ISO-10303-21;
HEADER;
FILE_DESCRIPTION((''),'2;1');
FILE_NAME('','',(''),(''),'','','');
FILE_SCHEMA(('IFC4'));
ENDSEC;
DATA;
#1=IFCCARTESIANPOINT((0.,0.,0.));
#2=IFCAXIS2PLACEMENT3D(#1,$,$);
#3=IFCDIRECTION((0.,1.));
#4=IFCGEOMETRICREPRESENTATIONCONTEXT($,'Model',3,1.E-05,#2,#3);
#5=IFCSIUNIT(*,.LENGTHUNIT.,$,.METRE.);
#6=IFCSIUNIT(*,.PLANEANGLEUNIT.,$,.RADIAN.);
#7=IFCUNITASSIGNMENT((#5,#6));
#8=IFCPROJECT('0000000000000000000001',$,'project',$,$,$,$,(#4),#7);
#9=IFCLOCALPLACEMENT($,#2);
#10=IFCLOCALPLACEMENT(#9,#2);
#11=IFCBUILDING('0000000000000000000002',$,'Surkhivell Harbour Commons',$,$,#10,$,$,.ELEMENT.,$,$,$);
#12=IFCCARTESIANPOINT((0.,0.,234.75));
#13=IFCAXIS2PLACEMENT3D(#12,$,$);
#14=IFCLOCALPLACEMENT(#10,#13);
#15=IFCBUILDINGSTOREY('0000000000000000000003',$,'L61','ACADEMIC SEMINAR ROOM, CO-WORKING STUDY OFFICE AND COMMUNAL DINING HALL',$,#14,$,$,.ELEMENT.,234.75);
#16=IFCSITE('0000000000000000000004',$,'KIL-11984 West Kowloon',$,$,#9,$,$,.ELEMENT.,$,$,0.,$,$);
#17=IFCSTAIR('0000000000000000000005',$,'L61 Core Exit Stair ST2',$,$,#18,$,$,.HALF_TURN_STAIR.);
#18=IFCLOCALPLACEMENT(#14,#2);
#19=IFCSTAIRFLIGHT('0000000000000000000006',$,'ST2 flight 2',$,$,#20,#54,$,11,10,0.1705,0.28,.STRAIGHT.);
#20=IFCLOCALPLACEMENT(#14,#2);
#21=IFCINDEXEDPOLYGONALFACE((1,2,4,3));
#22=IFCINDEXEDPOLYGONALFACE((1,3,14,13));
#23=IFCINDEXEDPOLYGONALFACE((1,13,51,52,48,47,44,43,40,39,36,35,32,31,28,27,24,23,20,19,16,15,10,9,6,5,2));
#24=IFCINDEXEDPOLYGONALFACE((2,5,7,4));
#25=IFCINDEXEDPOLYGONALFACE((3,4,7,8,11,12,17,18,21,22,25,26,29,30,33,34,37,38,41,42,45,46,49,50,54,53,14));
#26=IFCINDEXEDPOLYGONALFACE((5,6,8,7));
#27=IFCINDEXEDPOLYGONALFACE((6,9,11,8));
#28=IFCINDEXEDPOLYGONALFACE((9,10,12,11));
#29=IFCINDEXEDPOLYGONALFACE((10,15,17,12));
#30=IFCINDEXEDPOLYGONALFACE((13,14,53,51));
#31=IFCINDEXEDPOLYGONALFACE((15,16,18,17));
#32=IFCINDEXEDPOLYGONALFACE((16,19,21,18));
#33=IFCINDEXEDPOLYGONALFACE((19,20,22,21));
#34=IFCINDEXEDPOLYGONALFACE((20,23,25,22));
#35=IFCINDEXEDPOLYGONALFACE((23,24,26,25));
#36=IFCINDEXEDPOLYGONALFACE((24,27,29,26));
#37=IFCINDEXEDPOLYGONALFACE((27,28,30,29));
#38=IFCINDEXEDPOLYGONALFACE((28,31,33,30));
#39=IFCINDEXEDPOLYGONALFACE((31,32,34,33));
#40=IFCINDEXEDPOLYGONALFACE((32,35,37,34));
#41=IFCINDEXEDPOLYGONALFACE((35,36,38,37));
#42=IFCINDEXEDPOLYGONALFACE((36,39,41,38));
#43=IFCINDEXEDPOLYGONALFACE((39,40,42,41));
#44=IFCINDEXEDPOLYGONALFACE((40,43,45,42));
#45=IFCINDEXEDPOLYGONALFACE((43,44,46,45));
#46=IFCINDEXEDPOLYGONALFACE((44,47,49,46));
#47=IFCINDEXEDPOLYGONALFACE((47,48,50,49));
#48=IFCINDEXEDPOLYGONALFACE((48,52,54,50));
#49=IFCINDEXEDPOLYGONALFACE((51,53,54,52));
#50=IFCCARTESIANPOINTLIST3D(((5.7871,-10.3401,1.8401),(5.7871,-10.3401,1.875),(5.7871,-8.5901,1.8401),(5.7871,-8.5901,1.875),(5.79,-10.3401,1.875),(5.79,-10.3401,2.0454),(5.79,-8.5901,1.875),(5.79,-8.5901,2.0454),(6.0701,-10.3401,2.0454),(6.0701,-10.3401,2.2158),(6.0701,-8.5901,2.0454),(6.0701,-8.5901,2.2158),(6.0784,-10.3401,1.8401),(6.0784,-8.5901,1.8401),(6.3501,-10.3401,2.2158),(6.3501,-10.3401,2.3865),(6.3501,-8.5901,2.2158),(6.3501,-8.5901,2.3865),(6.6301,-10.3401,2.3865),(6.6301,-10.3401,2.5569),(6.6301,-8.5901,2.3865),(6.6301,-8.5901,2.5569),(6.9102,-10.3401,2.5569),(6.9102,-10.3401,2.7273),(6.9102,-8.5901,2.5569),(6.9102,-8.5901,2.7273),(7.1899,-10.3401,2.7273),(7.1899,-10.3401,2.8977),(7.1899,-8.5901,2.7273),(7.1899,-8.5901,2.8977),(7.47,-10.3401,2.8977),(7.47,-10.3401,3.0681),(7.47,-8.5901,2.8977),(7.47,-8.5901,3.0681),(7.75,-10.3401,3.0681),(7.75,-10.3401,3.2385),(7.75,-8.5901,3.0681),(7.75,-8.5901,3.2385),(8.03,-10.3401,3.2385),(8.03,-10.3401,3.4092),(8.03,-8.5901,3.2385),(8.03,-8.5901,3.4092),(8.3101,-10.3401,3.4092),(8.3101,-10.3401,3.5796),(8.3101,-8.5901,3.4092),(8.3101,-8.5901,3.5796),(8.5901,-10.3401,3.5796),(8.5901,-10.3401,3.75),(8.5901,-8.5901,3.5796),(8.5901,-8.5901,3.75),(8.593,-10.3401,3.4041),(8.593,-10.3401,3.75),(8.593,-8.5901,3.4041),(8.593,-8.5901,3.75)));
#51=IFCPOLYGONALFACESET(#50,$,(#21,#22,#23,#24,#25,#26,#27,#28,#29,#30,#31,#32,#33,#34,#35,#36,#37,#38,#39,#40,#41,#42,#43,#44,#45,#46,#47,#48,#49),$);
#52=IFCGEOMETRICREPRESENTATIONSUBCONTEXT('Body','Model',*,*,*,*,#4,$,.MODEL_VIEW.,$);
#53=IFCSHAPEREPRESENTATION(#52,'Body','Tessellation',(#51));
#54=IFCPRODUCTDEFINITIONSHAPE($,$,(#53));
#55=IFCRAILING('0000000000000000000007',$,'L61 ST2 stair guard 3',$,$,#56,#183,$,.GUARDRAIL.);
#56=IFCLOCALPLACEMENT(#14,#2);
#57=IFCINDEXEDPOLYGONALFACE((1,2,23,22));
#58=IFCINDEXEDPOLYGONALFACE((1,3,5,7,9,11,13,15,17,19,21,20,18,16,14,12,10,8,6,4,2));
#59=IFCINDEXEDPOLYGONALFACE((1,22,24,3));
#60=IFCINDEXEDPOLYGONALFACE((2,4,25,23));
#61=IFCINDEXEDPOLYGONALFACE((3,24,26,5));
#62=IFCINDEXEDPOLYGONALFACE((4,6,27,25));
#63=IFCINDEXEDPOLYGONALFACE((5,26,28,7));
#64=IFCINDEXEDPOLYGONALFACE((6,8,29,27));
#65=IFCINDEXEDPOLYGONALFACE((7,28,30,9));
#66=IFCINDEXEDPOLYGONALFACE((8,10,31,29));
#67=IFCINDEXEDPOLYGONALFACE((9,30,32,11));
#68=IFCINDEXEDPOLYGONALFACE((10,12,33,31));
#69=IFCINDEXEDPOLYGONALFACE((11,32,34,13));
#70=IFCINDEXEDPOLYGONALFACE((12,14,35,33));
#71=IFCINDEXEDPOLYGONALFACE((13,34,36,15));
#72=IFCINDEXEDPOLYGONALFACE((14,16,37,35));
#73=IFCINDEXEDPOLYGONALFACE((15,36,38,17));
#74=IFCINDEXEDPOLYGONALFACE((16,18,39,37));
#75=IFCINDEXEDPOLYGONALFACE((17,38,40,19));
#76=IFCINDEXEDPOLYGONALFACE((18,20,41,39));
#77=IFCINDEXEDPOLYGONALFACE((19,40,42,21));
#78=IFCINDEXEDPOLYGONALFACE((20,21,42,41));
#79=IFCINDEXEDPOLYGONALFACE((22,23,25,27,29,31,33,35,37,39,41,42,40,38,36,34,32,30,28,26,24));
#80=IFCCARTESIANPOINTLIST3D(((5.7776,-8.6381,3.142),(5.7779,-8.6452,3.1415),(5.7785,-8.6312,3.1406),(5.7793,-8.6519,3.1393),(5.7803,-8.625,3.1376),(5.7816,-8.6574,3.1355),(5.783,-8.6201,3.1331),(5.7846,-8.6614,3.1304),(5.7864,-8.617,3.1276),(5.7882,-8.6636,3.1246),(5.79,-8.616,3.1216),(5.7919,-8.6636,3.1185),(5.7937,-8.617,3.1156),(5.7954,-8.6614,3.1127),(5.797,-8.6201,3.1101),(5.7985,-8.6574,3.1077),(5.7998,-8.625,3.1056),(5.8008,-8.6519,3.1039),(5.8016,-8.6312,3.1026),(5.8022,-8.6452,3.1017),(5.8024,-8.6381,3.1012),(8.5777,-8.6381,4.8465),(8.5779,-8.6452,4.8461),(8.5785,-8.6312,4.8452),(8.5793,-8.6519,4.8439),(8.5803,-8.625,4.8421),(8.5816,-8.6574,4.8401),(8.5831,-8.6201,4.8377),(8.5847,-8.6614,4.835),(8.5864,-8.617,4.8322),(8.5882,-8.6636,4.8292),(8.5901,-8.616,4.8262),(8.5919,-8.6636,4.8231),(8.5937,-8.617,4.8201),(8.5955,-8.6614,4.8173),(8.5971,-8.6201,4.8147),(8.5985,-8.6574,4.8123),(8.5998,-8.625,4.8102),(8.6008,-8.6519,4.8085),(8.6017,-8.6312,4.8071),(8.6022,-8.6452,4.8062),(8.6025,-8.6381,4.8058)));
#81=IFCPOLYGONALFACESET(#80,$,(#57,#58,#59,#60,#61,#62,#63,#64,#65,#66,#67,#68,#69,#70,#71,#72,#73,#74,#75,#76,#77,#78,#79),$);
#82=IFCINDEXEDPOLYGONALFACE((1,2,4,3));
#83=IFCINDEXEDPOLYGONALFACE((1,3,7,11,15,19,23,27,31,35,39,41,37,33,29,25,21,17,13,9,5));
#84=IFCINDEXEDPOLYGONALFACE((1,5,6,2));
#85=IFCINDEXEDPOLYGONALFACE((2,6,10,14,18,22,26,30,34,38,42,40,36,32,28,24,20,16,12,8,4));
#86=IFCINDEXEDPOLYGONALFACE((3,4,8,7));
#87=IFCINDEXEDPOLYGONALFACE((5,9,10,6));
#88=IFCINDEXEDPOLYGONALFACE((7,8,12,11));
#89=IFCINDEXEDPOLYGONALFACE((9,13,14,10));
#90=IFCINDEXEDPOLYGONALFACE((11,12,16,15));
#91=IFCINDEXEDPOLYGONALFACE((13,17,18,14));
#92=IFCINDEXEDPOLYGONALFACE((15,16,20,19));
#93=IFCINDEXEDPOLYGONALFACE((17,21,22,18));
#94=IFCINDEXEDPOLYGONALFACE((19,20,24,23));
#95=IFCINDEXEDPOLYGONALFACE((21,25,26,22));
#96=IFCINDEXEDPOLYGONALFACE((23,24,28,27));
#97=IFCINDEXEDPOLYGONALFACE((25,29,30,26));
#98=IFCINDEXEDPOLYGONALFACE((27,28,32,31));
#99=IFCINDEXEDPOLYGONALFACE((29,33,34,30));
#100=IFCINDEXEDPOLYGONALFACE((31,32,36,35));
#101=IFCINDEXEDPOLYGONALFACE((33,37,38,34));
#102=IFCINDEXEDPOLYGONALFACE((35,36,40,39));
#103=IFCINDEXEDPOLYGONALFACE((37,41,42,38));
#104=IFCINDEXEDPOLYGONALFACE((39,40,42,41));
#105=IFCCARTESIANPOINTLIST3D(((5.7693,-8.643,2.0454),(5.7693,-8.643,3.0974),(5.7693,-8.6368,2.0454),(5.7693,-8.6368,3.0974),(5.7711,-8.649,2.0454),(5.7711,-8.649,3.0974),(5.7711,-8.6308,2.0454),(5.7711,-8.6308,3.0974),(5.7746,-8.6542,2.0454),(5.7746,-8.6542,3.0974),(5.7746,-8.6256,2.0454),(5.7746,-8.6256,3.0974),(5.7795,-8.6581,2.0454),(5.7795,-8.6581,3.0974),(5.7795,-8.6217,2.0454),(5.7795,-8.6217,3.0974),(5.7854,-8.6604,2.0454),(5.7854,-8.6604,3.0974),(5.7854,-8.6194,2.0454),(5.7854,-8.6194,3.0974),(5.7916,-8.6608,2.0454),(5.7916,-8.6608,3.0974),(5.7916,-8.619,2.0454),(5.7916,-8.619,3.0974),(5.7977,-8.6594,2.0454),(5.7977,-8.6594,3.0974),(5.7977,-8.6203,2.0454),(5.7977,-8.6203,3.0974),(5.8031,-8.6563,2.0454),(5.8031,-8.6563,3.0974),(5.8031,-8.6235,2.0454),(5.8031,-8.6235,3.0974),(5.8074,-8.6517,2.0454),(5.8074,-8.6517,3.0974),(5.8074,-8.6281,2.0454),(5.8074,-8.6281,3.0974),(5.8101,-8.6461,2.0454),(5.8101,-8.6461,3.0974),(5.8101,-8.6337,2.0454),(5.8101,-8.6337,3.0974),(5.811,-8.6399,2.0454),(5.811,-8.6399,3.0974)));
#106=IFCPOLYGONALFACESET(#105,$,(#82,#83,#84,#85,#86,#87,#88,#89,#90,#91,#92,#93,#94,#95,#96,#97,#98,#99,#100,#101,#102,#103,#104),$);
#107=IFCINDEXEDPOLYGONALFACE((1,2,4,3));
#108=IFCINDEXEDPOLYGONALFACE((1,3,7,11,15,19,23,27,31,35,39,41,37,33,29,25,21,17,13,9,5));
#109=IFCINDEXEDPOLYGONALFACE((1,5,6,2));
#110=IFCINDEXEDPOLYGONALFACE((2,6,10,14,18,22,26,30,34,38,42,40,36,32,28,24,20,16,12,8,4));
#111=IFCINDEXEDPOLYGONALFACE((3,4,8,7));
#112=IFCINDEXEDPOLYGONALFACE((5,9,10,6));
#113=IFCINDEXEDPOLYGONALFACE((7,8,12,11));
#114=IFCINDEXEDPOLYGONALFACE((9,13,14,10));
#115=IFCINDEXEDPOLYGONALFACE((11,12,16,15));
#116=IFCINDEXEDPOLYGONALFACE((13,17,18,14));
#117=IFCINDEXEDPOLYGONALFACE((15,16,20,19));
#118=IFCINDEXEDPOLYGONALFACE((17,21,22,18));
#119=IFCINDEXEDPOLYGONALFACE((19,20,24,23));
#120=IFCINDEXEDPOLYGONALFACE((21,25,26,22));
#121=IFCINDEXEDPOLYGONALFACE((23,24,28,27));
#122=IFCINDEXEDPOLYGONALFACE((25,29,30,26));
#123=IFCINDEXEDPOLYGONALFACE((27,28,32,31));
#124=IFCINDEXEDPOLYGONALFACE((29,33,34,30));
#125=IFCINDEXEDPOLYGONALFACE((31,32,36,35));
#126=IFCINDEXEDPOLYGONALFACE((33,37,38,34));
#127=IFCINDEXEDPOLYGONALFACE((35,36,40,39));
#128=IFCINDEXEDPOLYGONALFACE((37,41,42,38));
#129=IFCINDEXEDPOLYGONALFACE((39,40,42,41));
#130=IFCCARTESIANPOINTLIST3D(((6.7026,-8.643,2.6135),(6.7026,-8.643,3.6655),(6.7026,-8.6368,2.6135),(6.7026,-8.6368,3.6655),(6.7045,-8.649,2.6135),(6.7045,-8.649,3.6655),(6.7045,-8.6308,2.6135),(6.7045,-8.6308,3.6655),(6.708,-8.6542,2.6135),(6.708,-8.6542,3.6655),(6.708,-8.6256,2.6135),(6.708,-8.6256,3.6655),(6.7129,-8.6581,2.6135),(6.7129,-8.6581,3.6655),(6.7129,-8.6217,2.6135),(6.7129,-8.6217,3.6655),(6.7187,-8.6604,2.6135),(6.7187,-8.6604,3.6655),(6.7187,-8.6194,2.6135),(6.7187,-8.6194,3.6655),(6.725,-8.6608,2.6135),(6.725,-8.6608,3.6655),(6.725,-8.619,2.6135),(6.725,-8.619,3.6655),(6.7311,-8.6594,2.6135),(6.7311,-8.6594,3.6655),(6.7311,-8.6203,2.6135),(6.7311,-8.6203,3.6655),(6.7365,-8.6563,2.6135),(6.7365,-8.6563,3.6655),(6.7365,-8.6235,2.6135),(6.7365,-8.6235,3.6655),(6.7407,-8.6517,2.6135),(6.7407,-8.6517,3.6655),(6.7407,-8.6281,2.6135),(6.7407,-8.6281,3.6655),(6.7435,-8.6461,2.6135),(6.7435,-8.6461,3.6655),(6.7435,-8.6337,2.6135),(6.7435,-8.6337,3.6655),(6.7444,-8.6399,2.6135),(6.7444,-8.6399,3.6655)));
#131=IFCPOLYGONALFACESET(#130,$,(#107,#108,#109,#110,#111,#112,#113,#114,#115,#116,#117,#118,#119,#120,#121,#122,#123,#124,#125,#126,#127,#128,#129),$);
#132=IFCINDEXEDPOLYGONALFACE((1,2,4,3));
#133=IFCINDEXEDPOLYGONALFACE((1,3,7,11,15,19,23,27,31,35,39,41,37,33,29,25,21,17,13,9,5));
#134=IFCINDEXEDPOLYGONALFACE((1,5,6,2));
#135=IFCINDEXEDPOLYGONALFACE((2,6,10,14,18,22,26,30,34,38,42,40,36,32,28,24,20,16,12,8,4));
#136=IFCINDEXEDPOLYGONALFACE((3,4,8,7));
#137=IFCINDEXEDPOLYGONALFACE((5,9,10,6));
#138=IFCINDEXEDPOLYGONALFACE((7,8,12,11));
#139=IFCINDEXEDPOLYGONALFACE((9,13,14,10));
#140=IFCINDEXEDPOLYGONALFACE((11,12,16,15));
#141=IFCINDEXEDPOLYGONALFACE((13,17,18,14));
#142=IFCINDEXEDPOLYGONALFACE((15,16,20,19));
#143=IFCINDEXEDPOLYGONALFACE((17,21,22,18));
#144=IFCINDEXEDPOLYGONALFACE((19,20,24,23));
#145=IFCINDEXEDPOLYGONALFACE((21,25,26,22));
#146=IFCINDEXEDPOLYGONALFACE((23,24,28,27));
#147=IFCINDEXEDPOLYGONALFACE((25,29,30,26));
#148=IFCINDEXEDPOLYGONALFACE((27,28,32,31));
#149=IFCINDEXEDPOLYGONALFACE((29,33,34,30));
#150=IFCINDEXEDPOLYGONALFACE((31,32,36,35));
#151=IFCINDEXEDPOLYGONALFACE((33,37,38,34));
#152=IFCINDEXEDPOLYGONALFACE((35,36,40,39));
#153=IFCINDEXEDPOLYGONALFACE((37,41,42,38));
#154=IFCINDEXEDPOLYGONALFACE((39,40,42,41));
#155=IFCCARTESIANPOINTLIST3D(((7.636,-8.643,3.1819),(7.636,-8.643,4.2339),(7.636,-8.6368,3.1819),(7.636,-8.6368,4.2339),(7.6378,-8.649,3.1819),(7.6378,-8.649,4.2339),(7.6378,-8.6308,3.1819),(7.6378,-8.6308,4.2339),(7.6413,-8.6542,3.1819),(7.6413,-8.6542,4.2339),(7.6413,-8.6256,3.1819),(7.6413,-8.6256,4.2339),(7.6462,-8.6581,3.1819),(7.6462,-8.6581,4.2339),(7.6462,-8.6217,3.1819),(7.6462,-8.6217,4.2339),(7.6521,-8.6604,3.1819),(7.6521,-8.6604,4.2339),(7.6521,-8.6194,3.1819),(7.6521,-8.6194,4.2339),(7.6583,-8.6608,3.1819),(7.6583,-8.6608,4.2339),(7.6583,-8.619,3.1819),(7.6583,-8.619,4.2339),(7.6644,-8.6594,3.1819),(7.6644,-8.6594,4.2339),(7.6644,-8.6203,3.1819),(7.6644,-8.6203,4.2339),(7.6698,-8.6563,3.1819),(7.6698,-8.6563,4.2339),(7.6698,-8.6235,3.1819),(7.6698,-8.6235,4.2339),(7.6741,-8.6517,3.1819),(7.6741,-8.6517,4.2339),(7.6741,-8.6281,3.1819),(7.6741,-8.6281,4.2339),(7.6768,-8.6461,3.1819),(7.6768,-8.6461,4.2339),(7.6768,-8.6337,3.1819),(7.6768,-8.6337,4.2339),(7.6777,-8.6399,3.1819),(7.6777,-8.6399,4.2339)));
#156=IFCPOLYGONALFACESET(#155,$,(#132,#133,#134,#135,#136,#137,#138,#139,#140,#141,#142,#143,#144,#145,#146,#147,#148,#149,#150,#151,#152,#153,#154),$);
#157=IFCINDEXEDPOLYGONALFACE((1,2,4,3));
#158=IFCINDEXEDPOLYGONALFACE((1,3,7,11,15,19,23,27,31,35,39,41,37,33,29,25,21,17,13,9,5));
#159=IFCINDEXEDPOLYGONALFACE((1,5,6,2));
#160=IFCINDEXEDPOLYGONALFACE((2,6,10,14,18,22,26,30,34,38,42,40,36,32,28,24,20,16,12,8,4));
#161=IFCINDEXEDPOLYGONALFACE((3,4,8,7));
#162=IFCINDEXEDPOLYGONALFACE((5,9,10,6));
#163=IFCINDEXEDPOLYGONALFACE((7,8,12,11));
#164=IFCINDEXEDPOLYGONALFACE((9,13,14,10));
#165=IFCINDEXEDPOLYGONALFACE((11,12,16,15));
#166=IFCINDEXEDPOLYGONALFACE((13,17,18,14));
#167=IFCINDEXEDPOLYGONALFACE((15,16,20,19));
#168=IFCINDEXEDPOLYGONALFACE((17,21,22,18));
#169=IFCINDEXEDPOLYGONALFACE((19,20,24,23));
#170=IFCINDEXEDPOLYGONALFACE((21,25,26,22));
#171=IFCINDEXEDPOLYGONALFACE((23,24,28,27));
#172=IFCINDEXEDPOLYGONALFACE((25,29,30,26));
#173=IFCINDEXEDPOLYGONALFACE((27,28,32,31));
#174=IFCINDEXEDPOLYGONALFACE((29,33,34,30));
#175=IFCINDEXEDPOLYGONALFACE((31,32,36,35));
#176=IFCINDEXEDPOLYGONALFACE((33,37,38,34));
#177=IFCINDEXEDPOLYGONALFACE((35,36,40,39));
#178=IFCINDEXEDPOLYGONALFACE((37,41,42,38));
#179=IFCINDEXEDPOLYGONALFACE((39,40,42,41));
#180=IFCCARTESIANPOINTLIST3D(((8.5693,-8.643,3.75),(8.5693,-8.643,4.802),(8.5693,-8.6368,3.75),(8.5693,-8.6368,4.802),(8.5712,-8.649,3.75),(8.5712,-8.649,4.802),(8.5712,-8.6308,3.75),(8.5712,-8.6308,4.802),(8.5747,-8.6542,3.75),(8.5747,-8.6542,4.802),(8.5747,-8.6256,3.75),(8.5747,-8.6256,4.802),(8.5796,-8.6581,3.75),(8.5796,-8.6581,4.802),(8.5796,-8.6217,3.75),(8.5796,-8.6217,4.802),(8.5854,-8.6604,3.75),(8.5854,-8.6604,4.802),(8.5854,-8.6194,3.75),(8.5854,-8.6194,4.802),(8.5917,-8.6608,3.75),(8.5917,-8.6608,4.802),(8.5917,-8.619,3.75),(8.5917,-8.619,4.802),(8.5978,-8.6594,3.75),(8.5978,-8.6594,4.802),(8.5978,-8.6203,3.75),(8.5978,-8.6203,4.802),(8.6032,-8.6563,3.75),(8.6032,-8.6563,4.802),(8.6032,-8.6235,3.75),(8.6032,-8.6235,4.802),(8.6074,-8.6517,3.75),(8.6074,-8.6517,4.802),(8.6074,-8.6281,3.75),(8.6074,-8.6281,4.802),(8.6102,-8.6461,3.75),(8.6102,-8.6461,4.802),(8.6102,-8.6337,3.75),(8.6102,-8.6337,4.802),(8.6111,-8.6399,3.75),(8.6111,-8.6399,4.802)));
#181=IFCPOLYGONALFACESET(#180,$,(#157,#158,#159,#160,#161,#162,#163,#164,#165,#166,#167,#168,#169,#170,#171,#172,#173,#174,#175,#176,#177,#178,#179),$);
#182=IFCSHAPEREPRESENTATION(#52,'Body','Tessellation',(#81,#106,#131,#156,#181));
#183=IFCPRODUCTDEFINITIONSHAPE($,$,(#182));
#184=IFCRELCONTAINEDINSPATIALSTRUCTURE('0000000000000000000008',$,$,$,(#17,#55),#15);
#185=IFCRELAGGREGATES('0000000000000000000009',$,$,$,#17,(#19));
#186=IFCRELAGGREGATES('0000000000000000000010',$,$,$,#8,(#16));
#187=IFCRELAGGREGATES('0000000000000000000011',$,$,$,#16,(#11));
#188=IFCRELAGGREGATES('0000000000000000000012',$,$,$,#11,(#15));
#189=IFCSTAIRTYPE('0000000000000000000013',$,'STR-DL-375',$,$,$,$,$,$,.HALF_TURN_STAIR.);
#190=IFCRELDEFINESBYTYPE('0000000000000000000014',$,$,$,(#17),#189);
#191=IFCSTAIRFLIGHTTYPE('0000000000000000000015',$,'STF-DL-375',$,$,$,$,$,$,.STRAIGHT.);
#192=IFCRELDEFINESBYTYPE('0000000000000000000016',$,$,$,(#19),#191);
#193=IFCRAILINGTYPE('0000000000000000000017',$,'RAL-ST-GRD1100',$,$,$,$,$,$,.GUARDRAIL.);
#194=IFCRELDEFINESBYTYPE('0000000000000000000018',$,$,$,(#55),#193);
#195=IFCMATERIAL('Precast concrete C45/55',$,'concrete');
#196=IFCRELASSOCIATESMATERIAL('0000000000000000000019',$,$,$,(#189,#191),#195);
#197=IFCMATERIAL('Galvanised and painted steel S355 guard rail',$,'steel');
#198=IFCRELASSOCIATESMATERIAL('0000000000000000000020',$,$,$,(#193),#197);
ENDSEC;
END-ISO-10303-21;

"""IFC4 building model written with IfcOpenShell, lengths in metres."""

from ifc_helpers import new_model, si_unit, direction, frame, origin, origin_2d, place, context, subcontext, project, spatial, polyline, circle, outline, extrude, material, type_object, element, aggregate, save


model = new_model("IFC4")

# Units and contexts
model_context = context("Model", 3, precision=1e-05, world=origin(), true_north=direction((0.0, 1.0)))
body_context = subcontext(model_context, "Body", "Model", "MODEL_VIEW")
ifc_project = project(units=[si_unit("LENGTHUNIT", "METRE"), si_unit("PLANEANGLEUNIT", "RADIAN")], contexts=[model_context])

# Site, building, storey
site_placement = place(None, origin())
site = spatial("IfcSite", under=ifc_project, at=site_placement, Name="KIL-11984 West Kowloon", CompositionType="ELEMENT", RefElevation=0.0)
building_placement = place(site_placement, origin())
building = spatial("IfcBuilding", under=site, at=building_placement, Name="Surkhivell Harbour Commons", CompositionType="ELEMENT")
storey_placement = place(building_placement, frame((0.0, 0.0, 234.75)))
storey = spatial("IfcBuildingStorey", under=building, at=storey_placement, Name="L61", Description="ACADEMIC SEMINAR ROOM, CO-WORKING STUDY OFFICE AND COMMUNAL DINING HALL", CompositionType="ELEMENT", Elevation=234.75)

# Stair, stair flight
ifc_material_1 = material(Name="Precast concrete C45/55", Category="concrete")
stair_type = type_object("IfcStairType", Name="STR-DL-375", PredefinedType="HALF_TURN_STAIR", material=ifc_material_1)
stair_placement = place(storey_placement, origin())
stair = element("IfcStair", 1, at=stair_placement, inside=storey, type_object=stair_type, Name="L61 Core Exit Stair ST2", PredefinedType="HALF_TURN_STAIR")
stair_flight_type = type_object("IfcStairFlightType", Name="STF-DL-375", PredefinedType="STRAIGHT", material=ifc_material_1)
stair_flight_placement = place(storey_placement, frame((5.79, -9.4651, 1.875), z_axis=(0.0, 0.0, 1.0), x_axis=(1.0, 0.0, 0.0)))
stair_flight = element("IfcStairFlight", 2, at=stair_flight_placement, type_object=stair_flight_type, Name="ST2 flight 2", NumberOfRisers=11, NumberOfTreads=10, PredefinedType="STRAIGHT", RiserHeight=0.1705, TreadLength=0.28, context=body_context, shape_type="SweptSolid", body=[
    extrude(outline(polyline([(-0.0029, -0.0349), (-0.0029, 0.0), (0.0, 0.0), (0.0, 0.1704), (0.28, 0.1704), (0.28, 0.3408), (0.5601, 0.3408), (0.5601, 0.5115), (0.8401, 0.5115), (0.8401, 0.6819), (1.1201, 0.6819), (1.1201, 0.8523), (1.3999, 0.8523), (1.3999, 1.0227), (1.6799, 1.0227), (1.6799, 1.1931), (1.96, 1.1931), (1.96, 1.3635), (2.24, 1.3635), (2.24, 1.5342), (2.52, 1.5342), (2.52, 1.7046), (2.8, 1.7046), (2.8, 1.875), (2.803, 1.875), (2.803, 1.5291), (0.2883, -0.0349), (-0.0029, -0.0349)])), frame((0.0, 0.875, 0.0), z_axis=(0.0, -1.0, 0.0), x_axis=(1.0, 0.0, 0.0)), (0.0, 0.0, 1.0), 1.75),
])
aggregate(stair, [stair_flight])

# Railing
ifc_material_2 = material(Name="Galvanised and painted steel S355 guard rail", Category="steel")
railing_type_1 = type_object("IfcRailingType", Name="RAL-ST-GRD1100", PredefinedType="GUARDRAIL", material=ifc_material_2)
railing_1_placement = place(storey_placement, frame((5.79, -8.6399, 2.0454)))
element("IfcRailing", 3, at=railing_1_placement, inside=storey, type_object=railing_type_1, Name="L61 ST2 stair guard 3", PredefinedType="GUARDRAIL", context=body_context, shape_type="SweptSolid", body=[
    extrude(circle(Radius=0.0239, at=origin_2d()), frame((0.0, 0.0, 1.0762), z_axis=(0.85417, 0.0, 0.519994), x_axis=(0.0, 1.0, 0.0)), (0.0, 0.0, 1.0), 3.2781),
    extrude(circle(Radius=0.021, at=origin_2d()), origin(), (0.0, 0.0, 1.0), 1.052),
    extrude(circle(Radius=0.021, at=origin_2d()), frame((0.9333, 0.0, 0.5681)), (0.0, 0.0, 1.0), 1.052),
    extrude(circle(Radius=0.021, at=origin_2d()), frame((1.8667, 0.0, 1.1365)), (0.0, 0.0, 1.0), 1.052),
    extrude(circle(Radius=0.021, at=origin_2d()), frame((2.8, 0.0, 1.7046)), (0.0, 0.0, 1.0), 1.052),
])

save(model, "model.ifc")
